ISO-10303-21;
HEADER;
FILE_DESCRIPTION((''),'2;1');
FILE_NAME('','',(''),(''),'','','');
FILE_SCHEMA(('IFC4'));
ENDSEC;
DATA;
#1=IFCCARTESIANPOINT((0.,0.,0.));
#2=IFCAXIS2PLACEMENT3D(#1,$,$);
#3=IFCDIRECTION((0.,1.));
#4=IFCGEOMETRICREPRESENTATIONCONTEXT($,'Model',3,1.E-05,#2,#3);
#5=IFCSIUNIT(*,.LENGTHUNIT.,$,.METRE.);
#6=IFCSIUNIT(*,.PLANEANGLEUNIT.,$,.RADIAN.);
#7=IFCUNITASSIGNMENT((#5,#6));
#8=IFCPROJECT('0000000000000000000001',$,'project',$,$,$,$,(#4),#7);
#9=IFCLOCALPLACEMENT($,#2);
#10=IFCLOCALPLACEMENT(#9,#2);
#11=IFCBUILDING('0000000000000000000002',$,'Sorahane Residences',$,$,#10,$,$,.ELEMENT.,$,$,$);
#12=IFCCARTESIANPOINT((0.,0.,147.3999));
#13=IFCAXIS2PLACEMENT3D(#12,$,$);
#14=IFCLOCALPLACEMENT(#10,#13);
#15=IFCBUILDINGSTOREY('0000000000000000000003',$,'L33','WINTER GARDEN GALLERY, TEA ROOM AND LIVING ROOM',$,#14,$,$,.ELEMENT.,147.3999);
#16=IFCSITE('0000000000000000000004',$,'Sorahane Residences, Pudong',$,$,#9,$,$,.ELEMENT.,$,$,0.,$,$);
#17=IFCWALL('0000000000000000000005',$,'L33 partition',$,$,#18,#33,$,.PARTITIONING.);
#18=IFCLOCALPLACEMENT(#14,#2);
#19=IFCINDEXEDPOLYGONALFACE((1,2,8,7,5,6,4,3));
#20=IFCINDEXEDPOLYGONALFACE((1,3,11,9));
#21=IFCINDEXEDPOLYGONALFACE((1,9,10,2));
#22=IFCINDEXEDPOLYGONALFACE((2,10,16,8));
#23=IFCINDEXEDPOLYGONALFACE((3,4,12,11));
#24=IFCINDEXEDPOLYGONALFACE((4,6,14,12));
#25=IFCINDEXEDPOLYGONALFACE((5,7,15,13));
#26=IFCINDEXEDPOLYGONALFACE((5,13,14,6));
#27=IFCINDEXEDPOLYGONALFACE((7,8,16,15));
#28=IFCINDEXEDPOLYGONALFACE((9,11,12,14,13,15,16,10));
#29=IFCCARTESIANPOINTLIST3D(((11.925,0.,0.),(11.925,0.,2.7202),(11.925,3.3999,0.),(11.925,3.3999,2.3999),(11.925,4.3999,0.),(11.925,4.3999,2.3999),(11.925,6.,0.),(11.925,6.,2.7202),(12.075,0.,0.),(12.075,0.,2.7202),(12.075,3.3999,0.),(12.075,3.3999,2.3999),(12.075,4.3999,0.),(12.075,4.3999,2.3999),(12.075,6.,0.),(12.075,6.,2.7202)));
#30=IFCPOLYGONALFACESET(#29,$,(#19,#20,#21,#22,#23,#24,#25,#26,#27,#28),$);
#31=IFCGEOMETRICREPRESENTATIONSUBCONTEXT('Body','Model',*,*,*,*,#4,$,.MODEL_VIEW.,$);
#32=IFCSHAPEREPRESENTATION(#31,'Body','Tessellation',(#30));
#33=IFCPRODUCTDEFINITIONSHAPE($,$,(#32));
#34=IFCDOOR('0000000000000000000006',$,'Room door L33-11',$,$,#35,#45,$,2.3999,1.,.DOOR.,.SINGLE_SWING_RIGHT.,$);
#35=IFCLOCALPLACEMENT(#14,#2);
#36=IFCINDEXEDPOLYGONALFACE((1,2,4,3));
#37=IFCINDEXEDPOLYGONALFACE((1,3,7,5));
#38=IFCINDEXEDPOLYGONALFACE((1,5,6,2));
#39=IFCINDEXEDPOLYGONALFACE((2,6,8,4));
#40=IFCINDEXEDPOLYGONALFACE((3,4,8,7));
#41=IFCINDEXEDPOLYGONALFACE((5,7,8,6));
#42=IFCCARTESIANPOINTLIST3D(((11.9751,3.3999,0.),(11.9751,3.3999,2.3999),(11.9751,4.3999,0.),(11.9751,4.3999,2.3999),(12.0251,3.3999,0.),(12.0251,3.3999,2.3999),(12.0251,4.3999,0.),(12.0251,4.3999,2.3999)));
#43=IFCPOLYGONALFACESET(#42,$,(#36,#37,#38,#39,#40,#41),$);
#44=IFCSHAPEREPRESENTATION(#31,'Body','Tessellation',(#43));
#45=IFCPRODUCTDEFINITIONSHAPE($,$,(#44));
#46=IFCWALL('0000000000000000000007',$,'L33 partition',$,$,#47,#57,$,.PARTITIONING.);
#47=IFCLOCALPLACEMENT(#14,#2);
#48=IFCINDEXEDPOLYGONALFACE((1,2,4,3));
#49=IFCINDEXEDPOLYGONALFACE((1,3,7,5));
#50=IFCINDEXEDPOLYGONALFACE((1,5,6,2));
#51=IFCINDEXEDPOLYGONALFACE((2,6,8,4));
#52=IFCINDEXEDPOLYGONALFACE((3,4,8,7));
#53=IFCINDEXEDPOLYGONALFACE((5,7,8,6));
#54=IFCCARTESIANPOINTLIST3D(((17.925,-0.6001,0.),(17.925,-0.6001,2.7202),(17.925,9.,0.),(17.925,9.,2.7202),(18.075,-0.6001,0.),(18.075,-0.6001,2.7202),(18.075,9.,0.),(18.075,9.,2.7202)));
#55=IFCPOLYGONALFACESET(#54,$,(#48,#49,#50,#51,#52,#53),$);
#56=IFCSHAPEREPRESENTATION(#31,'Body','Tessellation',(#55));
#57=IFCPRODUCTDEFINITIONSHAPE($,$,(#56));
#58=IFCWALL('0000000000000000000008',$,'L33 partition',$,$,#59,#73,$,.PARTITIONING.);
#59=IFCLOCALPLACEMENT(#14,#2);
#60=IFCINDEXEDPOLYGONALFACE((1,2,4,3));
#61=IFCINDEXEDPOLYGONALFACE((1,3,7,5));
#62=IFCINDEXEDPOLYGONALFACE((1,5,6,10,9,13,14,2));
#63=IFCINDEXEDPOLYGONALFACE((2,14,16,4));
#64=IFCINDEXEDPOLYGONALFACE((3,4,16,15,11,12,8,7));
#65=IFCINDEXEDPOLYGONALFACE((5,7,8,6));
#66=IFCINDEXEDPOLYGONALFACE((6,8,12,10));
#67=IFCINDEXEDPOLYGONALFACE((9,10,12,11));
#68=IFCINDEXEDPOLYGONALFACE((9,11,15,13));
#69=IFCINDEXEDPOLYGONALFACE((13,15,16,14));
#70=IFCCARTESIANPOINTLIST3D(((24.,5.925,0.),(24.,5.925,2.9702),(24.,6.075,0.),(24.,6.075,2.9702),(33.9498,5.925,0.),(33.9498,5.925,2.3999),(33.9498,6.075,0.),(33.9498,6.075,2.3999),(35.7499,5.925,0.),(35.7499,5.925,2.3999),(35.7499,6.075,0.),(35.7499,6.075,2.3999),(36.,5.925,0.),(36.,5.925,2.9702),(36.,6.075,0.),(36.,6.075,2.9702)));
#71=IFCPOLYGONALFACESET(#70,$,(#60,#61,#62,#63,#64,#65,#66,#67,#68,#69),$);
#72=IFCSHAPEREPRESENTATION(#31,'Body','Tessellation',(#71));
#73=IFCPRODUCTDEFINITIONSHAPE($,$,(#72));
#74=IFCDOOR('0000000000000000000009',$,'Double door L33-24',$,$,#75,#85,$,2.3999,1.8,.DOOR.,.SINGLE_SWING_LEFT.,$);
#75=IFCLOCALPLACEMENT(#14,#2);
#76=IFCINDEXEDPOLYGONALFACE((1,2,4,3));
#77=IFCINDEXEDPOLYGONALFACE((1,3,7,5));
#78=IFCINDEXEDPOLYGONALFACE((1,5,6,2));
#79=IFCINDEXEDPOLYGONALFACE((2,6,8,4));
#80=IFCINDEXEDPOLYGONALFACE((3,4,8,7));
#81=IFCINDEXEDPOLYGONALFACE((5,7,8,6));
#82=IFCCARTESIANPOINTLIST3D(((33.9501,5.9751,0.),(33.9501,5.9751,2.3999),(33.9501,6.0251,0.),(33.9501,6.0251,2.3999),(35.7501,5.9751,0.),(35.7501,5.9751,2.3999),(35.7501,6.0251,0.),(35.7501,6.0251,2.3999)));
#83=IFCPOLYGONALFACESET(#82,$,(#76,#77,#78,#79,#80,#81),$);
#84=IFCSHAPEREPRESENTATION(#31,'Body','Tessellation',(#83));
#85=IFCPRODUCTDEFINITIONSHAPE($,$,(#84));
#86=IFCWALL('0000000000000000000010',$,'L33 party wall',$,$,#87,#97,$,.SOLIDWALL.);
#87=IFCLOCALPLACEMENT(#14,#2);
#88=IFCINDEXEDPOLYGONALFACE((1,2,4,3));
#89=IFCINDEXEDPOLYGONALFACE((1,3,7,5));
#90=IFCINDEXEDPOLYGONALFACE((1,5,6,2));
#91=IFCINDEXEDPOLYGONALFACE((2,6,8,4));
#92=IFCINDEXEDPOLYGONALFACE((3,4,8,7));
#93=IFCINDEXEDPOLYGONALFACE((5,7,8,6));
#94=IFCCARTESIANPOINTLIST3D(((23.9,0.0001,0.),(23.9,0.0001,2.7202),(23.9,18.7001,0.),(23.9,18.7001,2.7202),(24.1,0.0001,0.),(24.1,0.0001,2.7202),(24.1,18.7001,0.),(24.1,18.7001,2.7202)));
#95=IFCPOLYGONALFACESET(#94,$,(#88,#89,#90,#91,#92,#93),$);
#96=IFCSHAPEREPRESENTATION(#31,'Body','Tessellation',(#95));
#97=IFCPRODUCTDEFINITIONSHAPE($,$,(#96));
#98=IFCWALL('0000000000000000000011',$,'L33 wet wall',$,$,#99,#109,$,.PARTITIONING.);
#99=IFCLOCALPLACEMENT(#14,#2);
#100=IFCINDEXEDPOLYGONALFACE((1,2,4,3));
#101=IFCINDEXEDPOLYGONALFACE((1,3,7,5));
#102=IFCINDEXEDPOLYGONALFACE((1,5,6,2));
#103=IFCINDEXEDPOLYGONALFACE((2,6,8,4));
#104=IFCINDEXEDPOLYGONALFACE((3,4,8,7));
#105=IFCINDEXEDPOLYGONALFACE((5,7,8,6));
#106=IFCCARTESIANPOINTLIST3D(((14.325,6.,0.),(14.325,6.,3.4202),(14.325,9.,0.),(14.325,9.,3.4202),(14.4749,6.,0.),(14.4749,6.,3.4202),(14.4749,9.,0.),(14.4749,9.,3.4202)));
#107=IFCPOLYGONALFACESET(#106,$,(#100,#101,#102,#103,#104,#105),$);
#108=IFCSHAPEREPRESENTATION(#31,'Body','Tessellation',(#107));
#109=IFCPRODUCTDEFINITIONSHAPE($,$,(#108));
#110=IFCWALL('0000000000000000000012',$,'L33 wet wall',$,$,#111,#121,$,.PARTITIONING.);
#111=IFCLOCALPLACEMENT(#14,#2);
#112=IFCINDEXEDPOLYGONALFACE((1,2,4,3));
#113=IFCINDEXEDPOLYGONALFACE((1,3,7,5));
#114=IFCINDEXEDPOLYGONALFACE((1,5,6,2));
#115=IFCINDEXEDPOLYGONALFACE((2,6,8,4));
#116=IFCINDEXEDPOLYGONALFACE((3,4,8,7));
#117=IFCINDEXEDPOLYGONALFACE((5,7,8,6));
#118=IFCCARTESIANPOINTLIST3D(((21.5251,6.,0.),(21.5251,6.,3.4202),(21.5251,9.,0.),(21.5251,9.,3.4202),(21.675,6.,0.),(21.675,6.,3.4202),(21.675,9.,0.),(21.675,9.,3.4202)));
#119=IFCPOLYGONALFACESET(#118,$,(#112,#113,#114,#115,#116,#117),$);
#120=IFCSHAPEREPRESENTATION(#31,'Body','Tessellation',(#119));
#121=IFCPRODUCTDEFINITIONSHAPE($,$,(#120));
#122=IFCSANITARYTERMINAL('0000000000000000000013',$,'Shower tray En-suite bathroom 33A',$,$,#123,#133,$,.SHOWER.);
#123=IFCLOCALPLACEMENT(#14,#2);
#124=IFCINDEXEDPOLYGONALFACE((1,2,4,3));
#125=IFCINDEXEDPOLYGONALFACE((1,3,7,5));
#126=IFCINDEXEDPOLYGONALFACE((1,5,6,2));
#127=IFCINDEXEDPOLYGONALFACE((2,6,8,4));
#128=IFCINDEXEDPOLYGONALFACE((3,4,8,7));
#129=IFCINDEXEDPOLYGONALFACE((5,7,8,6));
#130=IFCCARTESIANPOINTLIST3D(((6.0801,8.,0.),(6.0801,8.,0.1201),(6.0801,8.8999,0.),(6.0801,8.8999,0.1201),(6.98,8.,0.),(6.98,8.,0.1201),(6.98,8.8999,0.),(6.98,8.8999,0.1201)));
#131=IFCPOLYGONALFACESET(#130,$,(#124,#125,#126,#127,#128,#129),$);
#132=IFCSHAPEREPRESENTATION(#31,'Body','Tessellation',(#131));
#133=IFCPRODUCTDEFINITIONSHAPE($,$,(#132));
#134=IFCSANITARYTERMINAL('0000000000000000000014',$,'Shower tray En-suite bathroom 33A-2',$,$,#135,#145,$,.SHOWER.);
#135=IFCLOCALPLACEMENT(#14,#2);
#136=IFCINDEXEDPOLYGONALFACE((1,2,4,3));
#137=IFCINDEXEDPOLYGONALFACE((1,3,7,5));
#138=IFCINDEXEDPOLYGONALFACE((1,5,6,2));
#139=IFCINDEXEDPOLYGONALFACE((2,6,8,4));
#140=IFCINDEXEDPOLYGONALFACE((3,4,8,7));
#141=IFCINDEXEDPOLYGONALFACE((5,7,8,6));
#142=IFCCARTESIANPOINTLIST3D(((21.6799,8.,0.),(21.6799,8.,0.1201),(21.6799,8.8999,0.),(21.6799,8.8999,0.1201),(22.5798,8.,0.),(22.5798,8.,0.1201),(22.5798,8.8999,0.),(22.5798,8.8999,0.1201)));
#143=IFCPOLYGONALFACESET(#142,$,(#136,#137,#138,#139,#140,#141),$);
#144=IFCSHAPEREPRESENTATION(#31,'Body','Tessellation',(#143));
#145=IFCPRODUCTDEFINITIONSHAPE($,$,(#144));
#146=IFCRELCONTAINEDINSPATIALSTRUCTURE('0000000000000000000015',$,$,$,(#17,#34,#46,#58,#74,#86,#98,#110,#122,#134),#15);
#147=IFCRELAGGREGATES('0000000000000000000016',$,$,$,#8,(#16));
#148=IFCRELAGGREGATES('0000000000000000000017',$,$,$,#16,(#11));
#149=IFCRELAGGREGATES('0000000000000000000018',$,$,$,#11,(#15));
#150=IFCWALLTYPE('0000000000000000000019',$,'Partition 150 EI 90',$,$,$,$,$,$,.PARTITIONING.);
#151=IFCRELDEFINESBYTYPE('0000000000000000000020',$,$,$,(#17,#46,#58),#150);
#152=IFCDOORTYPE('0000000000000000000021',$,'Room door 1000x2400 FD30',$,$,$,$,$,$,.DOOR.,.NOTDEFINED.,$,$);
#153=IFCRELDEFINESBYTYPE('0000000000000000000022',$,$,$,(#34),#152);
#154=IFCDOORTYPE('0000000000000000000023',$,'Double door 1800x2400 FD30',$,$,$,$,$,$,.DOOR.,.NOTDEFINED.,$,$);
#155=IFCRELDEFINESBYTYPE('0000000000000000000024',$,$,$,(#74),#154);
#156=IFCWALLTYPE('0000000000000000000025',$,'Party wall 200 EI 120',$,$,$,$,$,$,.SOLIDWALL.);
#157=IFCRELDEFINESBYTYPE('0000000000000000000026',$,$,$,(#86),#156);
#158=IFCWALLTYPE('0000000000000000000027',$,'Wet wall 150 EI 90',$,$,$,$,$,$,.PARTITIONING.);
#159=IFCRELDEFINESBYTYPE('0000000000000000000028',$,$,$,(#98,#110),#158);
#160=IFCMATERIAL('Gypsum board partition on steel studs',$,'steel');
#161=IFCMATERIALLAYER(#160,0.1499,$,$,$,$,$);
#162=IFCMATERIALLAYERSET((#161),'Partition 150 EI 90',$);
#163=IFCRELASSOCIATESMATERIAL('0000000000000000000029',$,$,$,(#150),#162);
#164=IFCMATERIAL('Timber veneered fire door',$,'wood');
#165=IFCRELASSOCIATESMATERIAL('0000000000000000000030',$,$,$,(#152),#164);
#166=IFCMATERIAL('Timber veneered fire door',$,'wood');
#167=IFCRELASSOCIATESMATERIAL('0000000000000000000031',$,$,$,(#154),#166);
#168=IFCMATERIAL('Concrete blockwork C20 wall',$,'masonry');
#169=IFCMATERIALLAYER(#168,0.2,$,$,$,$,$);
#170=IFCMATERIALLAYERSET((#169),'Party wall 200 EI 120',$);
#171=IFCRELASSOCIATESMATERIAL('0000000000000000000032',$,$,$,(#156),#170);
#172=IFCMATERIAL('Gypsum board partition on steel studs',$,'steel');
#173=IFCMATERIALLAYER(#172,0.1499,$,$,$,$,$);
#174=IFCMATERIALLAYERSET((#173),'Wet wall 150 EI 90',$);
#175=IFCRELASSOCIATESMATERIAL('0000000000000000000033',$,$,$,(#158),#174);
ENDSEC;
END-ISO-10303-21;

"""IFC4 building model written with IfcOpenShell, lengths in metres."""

from ifc_helpers import new_model, si_unit, direction, frame, frame_2d, origin, origin_2d, place, context, subcontext, project, spatial, rectangle, extrude, material, layer, layer_set, type_object, element, fill, save


model = new_model("IFC4")

# Units and contexts
model_context = context("Model", 3, precision=1e-05, world=origin(), true_north=direction((0.0, 1.0)))
body_context = subcontext(model_context, "Body", "Model", "MODEL_VIEW")
ifc_project = project(units=[si_unit("LENGTHUNIT", "METRE"), si_unit("PLANEANGLEUNIT", "RADIAN")], contexts=[model_context])

# Site, building, storey
site_placement = place(None, origin())
site = spatial("IfcSite", under=ifc_project, at=site_placement, Name="Sorahane Residences, Pudong", CompositionType="ELEMENT", RefElevation=0.0)
building_placement = place(site_placement, origin())
building = spatial("IfcBuilding", under=site, at=building_placement, Name="Sorahane Residences", CompositionType="ELEMENT")
storey_placement = place(building_placement, frame((0.0, 0.0, 147.3999)))
storey = spatial("IfcBuildingStorey", under=building, at=storey_placement, Name="L33", Description="WINTER GARDEN GALLERY, TEA ROOM AND LIVING ROOM", CompositionType="ELEMENT", Elevation=147.3999)

# Wall, opening, door
ifc_material_1 = material(Name="Gypsum board partition on steel studs", Category="steel")
ifc_layer_1 = layer(ifc_material_1, 0.1499)
ifc_layer_set_1 = layer_set([ifc_layer_1], Name="Partition 150 EI 90")
wall_type_1 = type_object("IfcWallType", Name="Partition 150 EI 90", PredefinedType="PARTITIONING", material=ifc_layer_set_1)
wall_1_placement = place(storey_placement, frame((12.0, 0.0, 0.0), z_axis=(0.0, 0.0, 1.0), x_axis=(0.0, 1.0, 0.0)))
wall_1 = element("IfcWall", 1, at=wall_1_placement, inside=storey, type_object=wall_type_1, Name="L33 partition", PredefinedType="PARTITIONING", context=body_context, shape_type="SweptSolid", body=[
    extrude(rectangle(XDim=6.0, YDim=0.1499, at=frame_2d((3.0, 0.0))), origin(), (0.0, 0.0, 1.0), 2.7202),
])
opening_1_placement = place(wall_1_placement, frame((3.3999, 0.0, 0.0)))
opening_1 = element("IfcOpeningElement", 2, at=opening_1_placement, cuts=wall_1, PredefinedType="OPENING", context=body_context, shape_type="SweptSolid", body=[
    extrude(rectangle(XDim=1.0, YDim=2.3999, at=frame_2d((0.5, 1.2))), frame((0.0, 0.085, 0.0), z_axis=(0.0, -1.0, 0.0), x_axis=(1.0, 0.0, 0.0)), (0.0, 0.0, 1.0), 0.1699),
])
ifc_material_2 = material(Name="Timber veneered fire door", Category="wood")
door_type_1 = type_object("IfcDoorType", Name="Room door 1000x2400 FD30", OperationType="NOTDEFINED", PredefinedType="DOOR", material=ifc_material_2)
door_1_placement = place(opening_1_placement, origin())
door_1 = element("IfcDoor", 3, at=door_1_placement, inside=storey, type_object=door_type_1, Name="Room door L33-11", OperationType="SINGLE_SWING_RIGHT", OverallHeight=2.3999, OverallWidth=1.0, PredefinedType="DOOR", context=body_context, shape_type="SweptSolid", body=[
    extrude(rectangle(XDim=1.0, YDim=2.3999, at=frame_2d((0.5, 1.2))), frame((0.0, 0.0249, 0.0), z_axis=(0.0, -1.0, 0.0), x_axis=(1.0, 0.0, 0.0)), (0.0, 0.0, 1.0), 0.05),
])
fill(opening_1, door_1)

# Wall
wall_2_placement = place(storey_placement, frame((18.0, -0.6001, 0.0), z_axis=(0.0, 0.0, 1.0), x_axis=(0.0, 1.0, 0.0)))
element("IfcWall", 4, at=wall_2_placement, inside=storey, type_object=wall_type_1, Name="L33 partition", PredefinedType="PARTITIONING", context=body_context, shape_type="SweptSolid", body=[
    extrude(rectangle(XDim=9.6001, YDim=0.1499, at=frame_2d((4.8, 0.0))), origin(), (0.0, 0.0, 1.0), 2.7202),
])

# Wall, opening, door
wall_3_placement = place(storey_placement, frame((24.0, 6.0, 0.0), z_axis=(0.0, 0.0, 1.0), x_axis=(1.0, 0.0, 0.0)))
wall_3 = element("IfcWall", 5, at=wall_3_placement, inside=storey, type_object=wall_type_1, Name="L33 partition", PredefinedType="PARTITIONING", context=body_context, shape_type="SweptSolid", body=[
    extrude(rectangle(XDim=12.0, YDim=0.1499, at=frame_2d((6.0, 0.0))), origin(), (0.0, 0.0, 1.0), 2.9702),
])
opening_2_placement = place(wall_3_placement, frame((9.95, 0.0, 0.0)))
opening_2 = element("IfcOpeningElement", 6, at=opening_2_placement, cuts=wall_3, PredefinedType="OPENING", context=body_context, shape_type="SweptSolid", body=[
    extrude(rectangle(XDim=1.8, YDim=2.3999, at=frame_2d((0.8999, 1.2))), frame((0.0, 0.085, 0.0), z_axis=(0.0, -1.0, 0.0), x_axis=(1.0, 0.0, 0.0)), (0.0, 0.0, 1.0), 0.1699),
])
ifc_material_3 = material(Name="Timber veneered fire door", Category="wood")
door_type_2 = type_object("IfcDoorType", Name="Double door 1800x2400 FD30", OperationType="NOTDEFINED", PredefinedType="DOOR", material=ifc_material_3)
door_2_placement = place(opening_2_placement, frame((1.8, 0.0, 0.0), z_axis=(0.0, 0.0, 1.0), x_axis=(-1.0, 0.0, 0.0)))
door_2 = element("IfcDoor", 7, at=door_2_placement, inside=storey, type_object=door_type_2, Name="Double door L33-24", OperationType="SINGLE_SWING_LEFT", OverallHeight=2.3999, OverallWidth=1.8, PredefinedType="DOOR", context=body_context, shape_type="SweptSolid", body=[
    extrude(rectangle(XDim=1.8, YDim=2.3999, at=frame_2d((0.8999, 1.2))), frame((0.0, 0.0249, 0.0), z_axis=(0.0, -1.0, 0.0), x_axis=(1.0, 0.0, 0.0)), (0.0, 0.0, 1.0), 0.05),
])
fill(opening_2, door_2)

# Walls
ifc_material_4 = material(Name="Concrete blockwork C20 wall", Category="masonry")
ifc_layer_2 = layer(ifc_material_4, 0.2)
ifc_layer_set_2 = layer_set([ifc_layer_2], Name="Party wall 200 EI 120")
wall_type_2 = type_object("IfcWallType", Name="Party wall 200 EI 120", PredefinedType="SOLIDWALL", material=ifc_layer_set_2)
wall_4_placement = place(storey_placement, frame((24.0, 0.0, 0.0), z_axis=(0.0, 0.0, 1.0), x_axis=(0.0, 1.0, 0.0)))
element("IfcWall", 8, at=wall_4_placement, inside=storey, type_object=wall_type_2, Name="L33 party wall", PredefinedType="SOLIDWALL", context=body_context, shape_type="SweptSolid", body=[
    extrude(rectangle(XDim=18.7, YDim=0.2, at=frame_2d((9.3501, 0.0))), origin(), (0.0, 0.0, 1.0), 2.7202),
])
ifc_material_5 = material(Name="Gypsum board partition on steel studs", Category="steel")
ifc_layer_3 = layer(ifc_material_5, 0.1499)
ifc_layer_set_3 = layer_set([ifc_layer_3], Name="Wet wall 150 EI 90")
wall_type_3 = type_object("IfcWallType", Name="Wet wall 150 EI 90", PredefinedType="PARTITIONING", material=ifc_layer_set_3)
for number, where, z_axis, x_axis, name in (
    (9, (14.3999, 6.0, 0.0), (0.0, 0.0, 1.0), (0.0, 1.0, 0.0), "L33 wet wall"),
    (10, (21.6001, 6.0, 0.0), (0.0, 0.0, 1.0), (0.0, 1.0, 0.0), "L33 wet wall"),
):
    element("IfcWall", number, at=place(storey_placement, frame(where, z_axis=z_axis, x_axis=x_axis)), inside=storey, type_object=wall_type_3, Name=name, PredefinedType="PARTITIONING", context=body_context, shape_type="SweptSolid", body=[
        extrude(rectangle(XDim=3.0, YDim=0.1499, at=frame_2d((1.5, 0.0))), origin(), (0.0, 0.0, 1.0), 3.4202),
    ])

# Sanitary terminals
for number, where, z_axis, x_axis, name in (
    (11, (6.53, 8.45, 0.0), (0.0, 0.0, 1.0), (1.0, 0.0, 0.0), "Shower tray En-suite bathroom 33A"),
    (12, (22.1299, 8.45, 0.0), (0.0, 0.0, 1.0), (1.0, 0.0, 0.0), "Shower tray En-suite bathroom 33A-2"),
):
    element("IfcSanitaryTerminal", number, at=place(storey_placement, frame(where, z_axis=z_axis, x_axis=x_axis)), inside=storey, Name=name, PredefinedType="SHOWER", context=body_context, shape_type="SweptSolid", body=[
        extrude(rectangle(XDim=0.8999, YDim=0.8999, at=origin_2d()), origin(), (0.0, 0.0, 1.0), 0.1201),
    ])

save(model, "model.ifc")
